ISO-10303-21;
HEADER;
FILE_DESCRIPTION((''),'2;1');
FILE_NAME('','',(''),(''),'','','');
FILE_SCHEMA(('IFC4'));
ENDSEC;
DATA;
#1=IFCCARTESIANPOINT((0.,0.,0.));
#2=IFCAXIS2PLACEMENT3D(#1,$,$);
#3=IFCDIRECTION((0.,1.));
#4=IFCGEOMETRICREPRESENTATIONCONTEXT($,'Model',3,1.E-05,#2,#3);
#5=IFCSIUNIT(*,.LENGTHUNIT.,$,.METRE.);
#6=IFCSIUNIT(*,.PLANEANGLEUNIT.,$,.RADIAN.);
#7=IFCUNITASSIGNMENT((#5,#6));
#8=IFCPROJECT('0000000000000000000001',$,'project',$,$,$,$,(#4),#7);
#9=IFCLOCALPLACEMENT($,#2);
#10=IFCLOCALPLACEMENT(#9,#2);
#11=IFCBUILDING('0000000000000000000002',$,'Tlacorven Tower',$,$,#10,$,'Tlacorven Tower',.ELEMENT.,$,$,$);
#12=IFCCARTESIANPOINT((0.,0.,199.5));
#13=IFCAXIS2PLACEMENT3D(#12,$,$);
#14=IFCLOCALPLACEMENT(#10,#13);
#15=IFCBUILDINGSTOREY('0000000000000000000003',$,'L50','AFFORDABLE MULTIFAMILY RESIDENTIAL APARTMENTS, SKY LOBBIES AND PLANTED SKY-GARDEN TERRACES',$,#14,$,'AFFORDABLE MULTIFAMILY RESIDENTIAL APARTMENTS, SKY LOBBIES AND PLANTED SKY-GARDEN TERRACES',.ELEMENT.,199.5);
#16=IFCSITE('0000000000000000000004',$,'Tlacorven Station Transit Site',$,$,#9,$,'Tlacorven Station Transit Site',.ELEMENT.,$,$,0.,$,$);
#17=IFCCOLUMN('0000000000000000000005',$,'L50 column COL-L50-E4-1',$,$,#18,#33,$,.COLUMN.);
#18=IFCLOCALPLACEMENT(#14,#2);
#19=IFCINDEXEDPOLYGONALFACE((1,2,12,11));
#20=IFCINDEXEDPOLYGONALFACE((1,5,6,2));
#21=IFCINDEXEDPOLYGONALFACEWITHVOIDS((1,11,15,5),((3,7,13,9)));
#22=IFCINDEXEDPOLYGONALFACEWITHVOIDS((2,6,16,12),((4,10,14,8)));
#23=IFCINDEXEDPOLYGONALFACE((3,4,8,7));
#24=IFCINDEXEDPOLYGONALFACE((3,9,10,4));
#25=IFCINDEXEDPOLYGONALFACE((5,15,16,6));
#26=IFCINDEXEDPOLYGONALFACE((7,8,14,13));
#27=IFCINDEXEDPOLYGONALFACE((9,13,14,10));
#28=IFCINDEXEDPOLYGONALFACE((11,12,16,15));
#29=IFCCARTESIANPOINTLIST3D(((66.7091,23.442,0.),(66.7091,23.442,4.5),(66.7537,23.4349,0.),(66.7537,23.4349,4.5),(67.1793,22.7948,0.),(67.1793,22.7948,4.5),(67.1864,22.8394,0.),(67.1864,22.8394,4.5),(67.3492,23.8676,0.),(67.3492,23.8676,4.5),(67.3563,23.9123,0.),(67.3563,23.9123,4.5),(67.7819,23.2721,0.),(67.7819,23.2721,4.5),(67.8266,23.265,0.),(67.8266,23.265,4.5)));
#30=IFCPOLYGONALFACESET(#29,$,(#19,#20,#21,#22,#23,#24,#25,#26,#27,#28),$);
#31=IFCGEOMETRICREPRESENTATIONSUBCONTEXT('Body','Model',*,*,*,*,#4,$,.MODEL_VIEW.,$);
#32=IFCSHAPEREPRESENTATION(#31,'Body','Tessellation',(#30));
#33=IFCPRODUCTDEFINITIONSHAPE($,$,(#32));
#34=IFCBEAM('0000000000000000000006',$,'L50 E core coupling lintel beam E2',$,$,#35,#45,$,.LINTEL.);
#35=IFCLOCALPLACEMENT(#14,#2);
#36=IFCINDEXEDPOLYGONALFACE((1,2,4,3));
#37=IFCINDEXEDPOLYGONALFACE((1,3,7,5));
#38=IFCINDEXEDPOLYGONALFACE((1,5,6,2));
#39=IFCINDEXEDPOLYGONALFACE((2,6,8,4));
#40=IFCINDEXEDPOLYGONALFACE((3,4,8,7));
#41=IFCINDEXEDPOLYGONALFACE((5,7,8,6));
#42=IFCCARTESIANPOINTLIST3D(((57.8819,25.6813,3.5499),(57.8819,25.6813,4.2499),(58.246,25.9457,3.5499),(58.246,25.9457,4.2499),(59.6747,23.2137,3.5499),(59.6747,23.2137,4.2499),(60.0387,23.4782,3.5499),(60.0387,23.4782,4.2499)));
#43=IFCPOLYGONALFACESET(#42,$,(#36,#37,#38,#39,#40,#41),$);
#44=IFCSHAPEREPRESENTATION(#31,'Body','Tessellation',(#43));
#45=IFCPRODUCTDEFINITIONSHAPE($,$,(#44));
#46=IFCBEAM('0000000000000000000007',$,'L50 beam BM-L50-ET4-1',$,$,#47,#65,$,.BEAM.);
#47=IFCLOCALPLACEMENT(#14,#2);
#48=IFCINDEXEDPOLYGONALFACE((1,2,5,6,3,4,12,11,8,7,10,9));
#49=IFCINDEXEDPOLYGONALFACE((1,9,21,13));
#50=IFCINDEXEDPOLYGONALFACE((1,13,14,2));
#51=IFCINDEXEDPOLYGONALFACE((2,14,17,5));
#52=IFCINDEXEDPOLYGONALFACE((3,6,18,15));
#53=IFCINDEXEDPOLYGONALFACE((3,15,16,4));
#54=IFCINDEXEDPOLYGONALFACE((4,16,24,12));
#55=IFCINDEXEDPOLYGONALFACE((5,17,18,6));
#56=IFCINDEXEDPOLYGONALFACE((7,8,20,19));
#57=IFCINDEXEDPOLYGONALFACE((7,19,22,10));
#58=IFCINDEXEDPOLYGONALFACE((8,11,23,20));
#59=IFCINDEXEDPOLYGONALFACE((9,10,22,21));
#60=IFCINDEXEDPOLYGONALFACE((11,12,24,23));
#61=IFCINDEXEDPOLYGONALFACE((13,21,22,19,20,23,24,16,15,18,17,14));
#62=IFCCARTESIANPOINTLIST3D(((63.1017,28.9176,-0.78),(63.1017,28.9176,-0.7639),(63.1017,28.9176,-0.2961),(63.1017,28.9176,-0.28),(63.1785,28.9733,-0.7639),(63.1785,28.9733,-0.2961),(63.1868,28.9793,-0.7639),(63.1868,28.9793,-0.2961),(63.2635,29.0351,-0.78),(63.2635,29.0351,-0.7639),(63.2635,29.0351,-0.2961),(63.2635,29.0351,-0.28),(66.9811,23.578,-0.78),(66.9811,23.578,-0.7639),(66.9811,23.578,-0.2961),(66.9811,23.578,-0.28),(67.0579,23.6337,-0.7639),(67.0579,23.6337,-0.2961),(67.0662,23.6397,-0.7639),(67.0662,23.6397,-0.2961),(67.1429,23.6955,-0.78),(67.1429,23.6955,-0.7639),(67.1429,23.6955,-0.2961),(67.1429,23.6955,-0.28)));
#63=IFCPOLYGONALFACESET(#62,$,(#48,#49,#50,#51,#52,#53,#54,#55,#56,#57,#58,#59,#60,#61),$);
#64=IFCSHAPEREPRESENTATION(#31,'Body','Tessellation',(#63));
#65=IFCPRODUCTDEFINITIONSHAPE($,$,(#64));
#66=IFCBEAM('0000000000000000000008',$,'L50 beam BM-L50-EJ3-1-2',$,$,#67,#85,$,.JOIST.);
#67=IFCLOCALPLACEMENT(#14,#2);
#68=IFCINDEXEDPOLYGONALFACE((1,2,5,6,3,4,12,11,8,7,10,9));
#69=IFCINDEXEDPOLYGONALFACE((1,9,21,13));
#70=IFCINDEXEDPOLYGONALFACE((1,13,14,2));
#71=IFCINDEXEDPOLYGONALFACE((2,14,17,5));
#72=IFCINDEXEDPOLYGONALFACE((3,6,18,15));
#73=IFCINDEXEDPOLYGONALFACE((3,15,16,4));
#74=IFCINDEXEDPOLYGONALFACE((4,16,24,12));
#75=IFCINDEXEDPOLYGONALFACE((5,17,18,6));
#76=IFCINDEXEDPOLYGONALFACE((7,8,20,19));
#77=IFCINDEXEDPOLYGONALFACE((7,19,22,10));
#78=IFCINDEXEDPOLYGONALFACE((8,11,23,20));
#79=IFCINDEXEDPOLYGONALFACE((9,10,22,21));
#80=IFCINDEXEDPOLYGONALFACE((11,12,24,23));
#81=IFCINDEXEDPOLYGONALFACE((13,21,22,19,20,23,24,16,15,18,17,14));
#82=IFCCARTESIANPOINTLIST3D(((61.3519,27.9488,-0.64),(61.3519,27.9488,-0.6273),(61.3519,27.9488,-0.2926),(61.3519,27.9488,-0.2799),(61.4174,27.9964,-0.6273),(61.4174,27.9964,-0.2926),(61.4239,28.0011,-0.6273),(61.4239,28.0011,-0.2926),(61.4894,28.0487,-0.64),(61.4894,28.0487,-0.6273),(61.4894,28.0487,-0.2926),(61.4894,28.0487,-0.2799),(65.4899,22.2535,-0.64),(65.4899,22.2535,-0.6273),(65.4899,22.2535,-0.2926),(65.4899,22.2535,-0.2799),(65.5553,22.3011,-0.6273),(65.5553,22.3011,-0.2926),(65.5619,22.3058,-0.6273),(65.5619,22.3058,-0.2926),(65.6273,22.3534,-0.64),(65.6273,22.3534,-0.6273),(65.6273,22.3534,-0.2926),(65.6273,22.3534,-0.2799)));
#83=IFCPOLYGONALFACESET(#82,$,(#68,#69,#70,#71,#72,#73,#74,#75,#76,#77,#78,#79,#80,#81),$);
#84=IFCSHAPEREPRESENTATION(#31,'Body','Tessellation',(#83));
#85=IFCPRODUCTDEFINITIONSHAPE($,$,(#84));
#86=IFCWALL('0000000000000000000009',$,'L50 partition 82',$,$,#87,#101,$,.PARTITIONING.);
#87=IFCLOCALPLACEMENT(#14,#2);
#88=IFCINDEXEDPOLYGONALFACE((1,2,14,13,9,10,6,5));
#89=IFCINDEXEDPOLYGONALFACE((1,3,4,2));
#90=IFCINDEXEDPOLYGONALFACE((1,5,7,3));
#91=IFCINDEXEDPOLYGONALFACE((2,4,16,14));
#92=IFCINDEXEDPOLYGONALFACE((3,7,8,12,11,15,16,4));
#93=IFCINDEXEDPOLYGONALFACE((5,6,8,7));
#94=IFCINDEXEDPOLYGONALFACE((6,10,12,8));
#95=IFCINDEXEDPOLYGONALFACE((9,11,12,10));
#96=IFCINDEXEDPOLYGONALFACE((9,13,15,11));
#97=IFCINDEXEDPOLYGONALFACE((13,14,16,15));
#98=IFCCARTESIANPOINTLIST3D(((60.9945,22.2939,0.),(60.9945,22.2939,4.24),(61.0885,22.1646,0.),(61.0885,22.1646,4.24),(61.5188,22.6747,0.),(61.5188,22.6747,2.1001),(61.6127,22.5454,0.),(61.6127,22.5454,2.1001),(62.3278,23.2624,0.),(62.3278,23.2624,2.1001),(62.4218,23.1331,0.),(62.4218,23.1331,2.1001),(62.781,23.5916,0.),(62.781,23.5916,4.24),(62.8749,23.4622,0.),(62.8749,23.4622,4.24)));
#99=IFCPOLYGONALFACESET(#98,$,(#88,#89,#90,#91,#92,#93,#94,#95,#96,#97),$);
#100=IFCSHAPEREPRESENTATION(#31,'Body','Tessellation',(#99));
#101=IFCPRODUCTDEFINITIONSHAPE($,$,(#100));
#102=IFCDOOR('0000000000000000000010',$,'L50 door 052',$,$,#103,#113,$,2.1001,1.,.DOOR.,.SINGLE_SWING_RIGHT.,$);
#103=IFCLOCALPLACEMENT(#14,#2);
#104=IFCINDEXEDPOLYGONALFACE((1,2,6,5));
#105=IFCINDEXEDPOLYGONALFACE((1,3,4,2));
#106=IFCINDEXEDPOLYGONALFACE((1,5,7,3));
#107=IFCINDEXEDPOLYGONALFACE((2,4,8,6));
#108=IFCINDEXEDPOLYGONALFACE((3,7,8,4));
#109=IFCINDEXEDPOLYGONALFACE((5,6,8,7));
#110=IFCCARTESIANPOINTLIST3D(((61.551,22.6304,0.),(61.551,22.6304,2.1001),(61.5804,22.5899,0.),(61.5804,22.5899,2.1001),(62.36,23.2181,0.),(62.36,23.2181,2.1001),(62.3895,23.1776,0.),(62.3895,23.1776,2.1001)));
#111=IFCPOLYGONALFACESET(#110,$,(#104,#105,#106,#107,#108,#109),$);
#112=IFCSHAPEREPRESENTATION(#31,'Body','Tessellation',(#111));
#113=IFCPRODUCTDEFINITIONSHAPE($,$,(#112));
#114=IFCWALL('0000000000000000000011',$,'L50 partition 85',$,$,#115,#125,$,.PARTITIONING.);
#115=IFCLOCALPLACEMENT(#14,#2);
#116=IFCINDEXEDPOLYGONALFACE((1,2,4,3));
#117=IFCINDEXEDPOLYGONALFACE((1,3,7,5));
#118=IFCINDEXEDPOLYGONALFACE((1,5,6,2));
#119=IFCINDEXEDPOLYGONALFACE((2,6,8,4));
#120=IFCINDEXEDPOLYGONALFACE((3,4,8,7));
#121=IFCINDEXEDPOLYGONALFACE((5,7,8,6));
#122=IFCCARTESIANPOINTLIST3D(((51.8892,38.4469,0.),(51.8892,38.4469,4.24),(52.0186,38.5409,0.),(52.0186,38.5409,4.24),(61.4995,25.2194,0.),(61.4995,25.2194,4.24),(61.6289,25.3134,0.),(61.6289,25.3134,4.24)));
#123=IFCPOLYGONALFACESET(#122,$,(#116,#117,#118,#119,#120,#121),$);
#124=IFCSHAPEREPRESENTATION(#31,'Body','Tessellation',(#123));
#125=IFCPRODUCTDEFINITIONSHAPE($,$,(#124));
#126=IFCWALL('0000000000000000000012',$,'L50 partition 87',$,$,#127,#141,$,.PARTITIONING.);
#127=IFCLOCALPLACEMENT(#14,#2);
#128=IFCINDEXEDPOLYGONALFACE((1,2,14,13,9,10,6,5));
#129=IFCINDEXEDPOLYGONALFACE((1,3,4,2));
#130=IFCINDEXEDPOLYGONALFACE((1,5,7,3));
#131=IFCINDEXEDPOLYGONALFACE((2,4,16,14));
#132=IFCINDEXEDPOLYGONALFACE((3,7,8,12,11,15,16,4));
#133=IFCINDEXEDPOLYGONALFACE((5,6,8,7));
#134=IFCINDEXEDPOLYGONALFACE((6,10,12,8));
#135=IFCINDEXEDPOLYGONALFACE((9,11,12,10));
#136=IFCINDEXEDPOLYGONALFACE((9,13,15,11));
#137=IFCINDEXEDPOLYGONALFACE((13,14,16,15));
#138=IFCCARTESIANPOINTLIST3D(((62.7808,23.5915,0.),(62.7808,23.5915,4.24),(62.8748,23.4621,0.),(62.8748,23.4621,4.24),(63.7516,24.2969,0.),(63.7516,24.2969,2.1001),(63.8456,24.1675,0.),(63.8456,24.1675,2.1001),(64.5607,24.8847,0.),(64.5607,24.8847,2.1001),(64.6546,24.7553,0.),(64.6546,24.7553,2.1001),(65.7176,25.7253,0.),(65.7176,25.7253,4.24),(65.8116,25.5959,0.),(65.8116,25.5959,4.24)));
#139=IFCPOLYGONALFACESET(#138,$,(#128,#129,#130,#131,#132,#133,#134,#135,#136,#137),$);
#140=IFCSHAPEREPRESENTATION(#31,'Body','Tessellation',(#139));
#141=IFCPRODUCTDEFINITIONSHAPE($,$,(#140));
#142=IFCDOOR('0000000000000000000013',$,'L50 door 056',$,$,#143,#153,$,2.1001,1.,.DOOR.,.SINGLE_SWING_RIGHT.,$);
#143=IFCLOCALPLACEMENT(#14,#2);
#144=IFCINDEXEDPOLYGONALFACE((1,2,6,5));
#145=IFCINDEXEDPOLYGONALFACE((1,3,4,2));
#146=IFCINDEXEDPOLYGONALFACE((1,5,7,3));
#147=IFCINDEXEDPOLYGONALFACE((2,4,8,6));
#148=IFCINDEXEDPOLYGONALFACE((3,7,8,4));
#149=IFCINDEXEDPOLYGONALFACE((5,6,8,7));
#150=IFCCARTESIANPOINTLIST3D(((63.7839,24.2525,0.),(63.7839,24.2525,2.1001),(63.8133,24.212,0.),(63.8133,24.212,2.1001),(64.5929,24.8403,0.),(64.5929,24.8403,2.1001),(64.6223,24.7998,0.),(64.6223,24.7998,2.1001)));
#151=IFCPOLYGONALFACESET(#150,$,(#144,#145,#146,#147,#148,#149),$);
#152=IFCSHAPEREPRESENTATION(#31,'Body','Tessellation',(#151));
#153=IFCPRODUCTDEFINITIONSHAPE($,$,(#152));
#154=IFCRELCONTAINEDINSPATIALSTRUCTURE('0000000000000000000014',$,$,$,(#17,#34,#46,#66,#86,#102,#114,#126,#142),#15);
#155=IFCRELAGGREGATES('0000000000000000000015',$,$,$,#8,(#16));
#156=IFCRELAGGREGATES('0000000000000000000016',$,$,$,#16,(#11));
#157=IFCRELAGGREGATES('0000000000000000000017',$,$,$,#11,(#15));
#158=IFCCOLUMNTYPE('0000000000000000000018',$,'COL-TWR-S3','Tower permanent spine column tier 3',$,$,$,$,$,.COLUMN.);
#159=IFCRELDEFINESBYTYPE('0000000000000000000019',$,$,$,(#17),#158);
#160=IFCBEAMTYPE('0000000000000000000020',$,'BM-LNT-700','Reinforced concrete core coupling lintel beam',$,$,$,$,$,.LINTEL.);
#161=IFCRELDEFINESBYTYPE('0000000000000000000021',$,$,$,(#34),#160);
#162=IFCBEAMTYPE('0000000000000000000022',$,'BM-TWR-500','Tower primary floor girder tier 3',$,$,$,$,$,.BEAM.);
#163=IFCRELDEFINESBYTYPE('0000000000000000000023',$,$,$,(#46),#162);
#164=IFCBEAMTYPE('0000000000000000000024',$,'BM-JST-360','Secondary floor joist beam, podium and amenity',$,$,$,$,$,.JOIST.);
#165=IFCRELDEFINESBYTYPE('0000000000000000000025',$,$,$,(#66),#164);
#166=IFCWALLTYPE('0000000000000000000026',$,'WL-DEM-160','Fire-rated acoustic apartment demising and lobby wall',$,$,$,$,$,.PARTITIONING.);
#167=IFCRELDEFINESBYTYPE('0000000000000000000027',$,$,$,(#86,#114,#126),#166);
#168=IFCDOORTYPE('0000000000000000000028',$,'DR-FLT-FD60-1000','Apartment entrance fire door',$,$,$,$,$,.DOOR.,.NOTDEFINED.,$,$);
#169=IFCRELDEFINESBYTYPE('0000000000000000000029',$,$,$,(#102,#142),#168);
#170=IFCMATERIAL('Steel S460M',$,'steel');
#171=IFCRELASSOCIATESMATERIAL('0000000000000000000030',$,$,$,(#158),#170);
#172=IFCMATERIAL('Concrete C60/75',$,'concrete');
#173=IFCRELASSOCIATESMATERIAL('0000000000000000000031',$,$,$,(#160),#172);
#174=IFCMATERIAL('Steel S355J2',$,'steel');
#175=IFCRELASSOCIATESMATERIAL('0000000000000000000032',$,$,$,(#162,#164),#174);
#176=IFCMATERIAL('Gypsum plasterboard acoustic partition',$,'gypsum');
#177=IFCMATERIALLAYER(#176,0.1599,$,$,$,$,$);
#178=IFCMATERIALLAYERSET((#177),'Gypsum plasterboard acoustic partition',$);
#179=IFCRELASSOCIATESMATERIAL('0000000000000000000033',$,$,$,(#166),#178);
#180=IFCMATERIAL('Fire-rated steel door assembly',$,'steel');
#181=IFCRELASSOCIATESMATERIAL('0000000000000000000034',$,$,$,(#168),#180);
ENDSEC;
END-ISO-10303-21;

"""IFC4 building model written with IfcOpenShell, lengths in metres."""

from ifc_helpers import new_model, si_unit, direction, frame, frame_2d, origin, origin_2d, place, context, subcontext, project, spatial, rectangle, hollow_rectangle, i_section, extrude, source, transform, mapped, material, layer, layer_set, material_profile, profile_set, type_object, element, fill, save


model = new_model("IFC4")

# Units and contexts
model_context = context("Model", 3, precision=1e-05, world=origin(), true_north=direction((0.0, 1.0)))
body_context = subcontext(model_context, "Body", "Model", "MODEL_VIEW")
ifc_project = project(units=[si_unit("LENGTHUNIT", "METRE"), si_unit("PLANEANGLEUNIT", "RADIAN")], contexts=[model_context])

# Site, building, storey
site_placement = place(None, origin())
site = spatial("IfcSite", under=ifc_project, at=site_placement, Name="Tlacorven Station Transit Site", LongName="Tlacorven Station Transit Site", CompositionType="ELEMENT", RefElevation=0.0)
building_placement = place(site_placement, origin())
building = spatial("IfcBuilding", under=site, at=building_placement, Name="Tlacorven Tower", LongName="Tlacorven Tower", CompositionType="ELEMENT")
storey_placement = place(building_placement, frame((0.0, 0.0, 199.5)))
storey = spatial("IfcBuildingStorey", under=building, at=storey_placement, Name="L50", Description="AFFORDABLE MULTIFAMILY RESIDENTIAL APARTMENTS, SKY LOBBIES AND PLANTED SKY-GARDEN TERRACES", LongName="AFFORDABLE MULTIFAMILY RESIDENTIAL APARTMENTS, SKY LOBBIES AND PLANTED SKY-GARDEN TERRACES", CompositionType="ELEMENT", Elevation=199.5)

# Column
ifc_material_1 = material(Name="Steel S460M", Category="steel")
ifc_material_profile_1 = material_profile(ifc_material_1, hollow_rectangle(XDim=0.8, YDim=0.8, WallThickness=0.032, at=origin_2d()), Name="BOX 800X800X32")
ifc_profile_set_1 = profile_set([ifc_material_profile_1], Name="Steel S460M")
column_type = type_object("IfcColumnType", Name="COL-TWR-S3", Description="Tower permanent spine column tier 3", PredefinedType="COLUMN", material=ifc_profile_set_1)
shared_shape_1 = source(origin(), body_context, "Body", "SweptSolid", [
    extrude(hollow_rectangle(XDim=0.8, YDim=0.8, WallThickness=0.032, at=origin_2d()), origin(), (0.0, 0.0, 1.0), 4.5),
])
column_placement = place(storey_placement, frame((67.2678, 23.3535, 0.0), z_axis=(0.0, 0.0, 1.0), x_axis=(0.809017, 0.587785, 0.0)))
element("IfcColumn", 1, at=column_placement, inside=storey, type_object=column_type, Name="L50 column COL-L50-E4-1", PredefinedType="COLUMN", context=body_context, shape_type="MappedRepresentation", body=[
    mapped(shared_shape_1, transform((0.0, 0.0, 0.0), scale=1.0)),
])

# Beams
ifc_material_2 = material(Name="Concrete C60/75", Category="concrete")
ifc_material_profile_2 = material_profile(ifc_material_2, rectangle(XDim=0.45, YDim=0.7, at=origin_2d()), Name="RC 450X700")
ifc_profile_set_2 = profile_set([ifc_material_profile_2], Name="Concrete C60/75")
beam_type_1 = type_object("IfcBeamType", Name="BM-LNT-700", Description="Reinforced concrete core coupling lintel beam", PredefinedType="LINTEL", material=ifc_profile_set_2)
shared_shape_2 = source(origin(), body_context, "Body", "SweptSolid", [
    extrude(rectangle(XDim=0.45, YDim=0.7, at=origin_2d()), origin(), (0.0, 0.0, 1.0), 3.05),
])
beam_1_placement = place(storey_placement, frame((59.8567, 23.3459, 3.8999), z_axis=(-0.587777, 0.809023, 0.0), x_axis=(-0.809023, -0.587777, 0.0)))
element("IfcBeam", 2, at=beam_1_placement, inside=storey, type_object=beam_type_1, Name="L50 E core coupling lintel beam E2", PredefinedType="LINTEL", context=body_context, shape_type="MappedRepresentation", body=[
    mapped(shared_shape_2, transform((0.0, 0.0, 0.0), scale=1.0)),
])
ifc_material_3 = material(Name="Steel S355J2", Category="steel")
ifc_material_profile_3 = material_profile(ifc_material_3, i_section(OverallWidth=0.2, OverallDepth=0.5, WebThickness=0.0103, FlangeThickness=0.0161, at=origin_2d()), Name="IPE 500")
ifc_profile_set_3 = profile_set([ifc_material_profile_3], Name="Steel S355J2")
beam_type_2 = type_object("IfcBeamType", Name="BM-TWR-500", Description="Tower primary floor girder tier 3", PredefinedType="BEAM", material=ifc_profile_set_3)
shared_shape_3 = source(origin(), body_context, "Body", "SweptSolid", [
    extrude(i_section(OverallWidth=0.2, OverallDepth=0.5, WebThickness=0.0103, FlangeThickness=0.0161, at=origin_2d()), origin(), (0.0, 0.0, 1.0), 6.6001),
])
beam_2_placement = place(storey_placement, frame((67.062, 23.6367, -0.53), z_axis=(-0.58778, 0.809021, 0.0), x_axis=(-0.809021, -0.58778, 0.0)))
element("IfcBeam", 3, at=beam_2_placement, inside=storey, type_object=beam_type_2, Name="L50 beam BM-L50-ET4-1", PredefinedType="BEAM", context=body_context, shape_type="MappedRepresentation", body=[
    mapped(shared_shape_3, transform((0.0, 0.0, 0.0), scale=1.0)),
])
ifc_material_profile_4 = material_profile(ifc_material_3, i_section(OverallWidth=0.1699, OverallDepth=0.3601, WebThickness=0.0081, FlangeThickness=0.0127, at=origin_2d()), Name="IPE 360")
ifc_profile_set_4 = profile_set([ifc_material_profile_4], Name="Steel S355J2")
beam_type_3 = type_object("IfcBeamType", Name="BM-JST-360", Description="Secondary floor joist beam, podium and amenity", PredefinedType="JOIST", material=ifc_profile_set_4)
shared_shape_4 = source(origin(), body_context, "Body", "SweptSolid", [
    extrude(i_section(OverallWidth=0.1699, OverallDepth=0.3601, WebThickness=0.0081, FlangeThickness=0.0127, at=origin_2d()), origin(), (0.0, 0.0, 1.0), 7.0398),
])
beam_3_placement = place(storey_placement, frame((65.5586, 22.3035, -0.46), z_axis=(-0.58779, 0.809013, 0.0), x_axis=(-0.809013, -0.58779, 0.0)))
element("IfcBeam", 4, at=beam_3_placement, inside=storey, type_object=beam_type_3, Name="L50 beam BM-L50-EJ3-1-2", PredefinedType="JOIST", context=body_context, shape_type="MappedRepresentation", body=[
    mapped(shared_shape_4, transform((0.0, 0.0, 0.0), scale=1.0)),
])

# Wall, opening, door
ifc_material_4 = material(Name="Gypsum plasterboard acoustic partition", Category="gypsum")
ifc_layer_1 = layer(ifc_material_4, 0.1599)
ifc_layer_set_1 = layer_set([ifc_layer_1], Name="Gypsum plasterboard acoustic partition")
wall_type_1 = type_object("IfcWallType", Name="WL-DEM-160", Description="Fire-rated acoustic apartment demising and lobby wall", PredefinedType="PARTITIONING", material=ifc_layer_set_1)
wall_1_placement = place(storey_placement, frame((61.0415, 22.2292, 0.0), z_axis=(0.0, 0.0, 1.0), x_axis=(0.809075, 0.587705, 0.0)))
wall_1 = element("IfcWall", 5, at=wall_1_placement, inside=storey, type_object=wall_type_1, Name="L50 partition 82", PredefinedType="PARTITIONING", context=body_context, shape_type="SweptSolid", body=[
    extrude(rectangle(XDim=2.208, YDim=0.1599, at=frame_2d((1.104, 0.0))), origin(), (0.0, 0.0, 1.0), 4.24),
])
opening_1_placement = place(wall_1_placement, frame((0.6479, 0.0, 0.0)))
opening_1 = element("IfcOpeningElement", 6, at=opening_1_placement, cuts=wall_1, PredefinedType="OPENING", context=body_context, shape_type="SweptSolid", body=[
    extrude(rectangle(XDim=1.0, YDim=2.1001, at=frame_2d((0.5, 1.05))), frame((0.0, 0.0898, 0.0), z_axis=(0.0, -1.0, 0.0), x_axis=(1.0, 0.0, 0.0)), (0.0, 0.0, 1.0), 0.1799),
])
ifc_material_5 = material(Name="Fire-rated steel door assembly", Category="steel")
door_type_1 = type_object("IfcDoorType", Name="DR-FLT-FD60-1000", Description="Apartment entrance fire door", OperationType="NOTDEFINED", PredefinedType="DOOR", material=ifc_material_5)
shared_shape_5 = source(origin(), body_context, "Body", "SweptSolid", [
    extrude(rectangle(XDim=1.0, YDim=2.1001, at=frame_2d((0.5, 1.05))), frame((0.0, 0.0249, 0.0), z_axis=(0.0, -1.0, 0.0), x_axis=(1.0, 0.0, 0.0)), (0.0, 0.0, 1.0), 0.05),
])
door_1_placement = place(opening_1_placement, frame((1.0, 0.0, 0.0), z_axis=(0.0, 0.0, 1.0), x_axis=(-1.0, 0.0, 0.0)))
door_1 = element("IfcDoor", 7, at=door_1_placement, inside=storey, type_object=door_type_1, Name="L50 door 052", OperationType="SINGLE_SWING_RIGHT", OverallHeight=2.1001, OverallWidth=1.0, PredefinedType="DOOR", context=body_context, shape_type="MappedRepresentation", body=[
    mapped(shared_shape_5, transform((0.0, 0.0, 0.0), scale=1.0)),
])
fill(opening_1, door_1)

# Wall
wall_2_placement = place(storey_placement, frame((61.5642, 25.2664, 0.0), z_axis=(0.0, 0.0, 1.0), x_axis=(-0.587785, 0.809018, 0.0)))
element("IfcWall", 8, at=wall_2_placement, inside=storey, type_object=wall_type_1, Name="L50 partition 85", PredefinedType="PARTITIONING", context=body_context, shape_type="SweptSolid", body=[
    extrude(rectangle(XDim=16.3501, YDim=0.1599, at=frame_2d((8.175, 0.0))), origin(), (0.0, 0.0, 1.0), 4.24),
])

# Wall, opening, door
wall_3_placement = place(storey_placement, frame((62.8279, 23.5269, 0.0), z_axis=(0.0, 0.0, 1.0), x_axis=(0.809004, 0.587804, 0.0)))
wall_3 = element("IfcWall", 9, at=wall_3_placement, inside=storey, type_object=wall_type_1, Name="L50 partition 87", PredefinedType="PARTITIONING", context=body_context, shape_type="SweptSolid", body=[
    extrude(rectangle(XDim=3.6301, YDim=0.1599, at=frame_2d((1.8149, 0.0))), origin(), (0.0, 0.0, 1.0), 4.24),
])
opening_2_placement = place(wall_3_placement, frame((1.2, 0.0, 0.0)))
opening_2 = element("IfcOpeningElement", 10, at=opening_2_placement, cuts=wall_3, PredefinedType="OPENING", context=body_context, shape_type="SweptSolid", body=[
    extrude(rectangle(XDim=1.0, YDim=2.1001, at=frame_2d((0.5, 1.05))), frame((0.0, 0.0898, 0.0), z_axis=(0.0, -1.0, 0.0), x_axis=(1.0, 0.0, 0.0)), (0.0, 0.0, 1.0), 0.1799),
])
door_2_placement = place(opening_2_placement, frame((1.0, 0.0, 0.0), z_axis=(0.0, 0.0, 1.0), x_axis=(-1.0, 0.0, 0.0)))
door_2 = element("IfcDoor", 11, at=door_2_placement, inside=storey, type_object=door_type_1, Name="L50 door 056", OperationType="SINGLE_SWING_RIGHT", OverallHeight=2.1001, OverallWidth=1.0, PredefinedType="DOOR", context=body_context, shape_type="MappedRepresentation", body=[
    mapped(shared_shape_5, transform((0.0, 0.0, 0.0), scale=1.0)),
])
fill(opening_2, door_2)

save(model, "model.ifc")
